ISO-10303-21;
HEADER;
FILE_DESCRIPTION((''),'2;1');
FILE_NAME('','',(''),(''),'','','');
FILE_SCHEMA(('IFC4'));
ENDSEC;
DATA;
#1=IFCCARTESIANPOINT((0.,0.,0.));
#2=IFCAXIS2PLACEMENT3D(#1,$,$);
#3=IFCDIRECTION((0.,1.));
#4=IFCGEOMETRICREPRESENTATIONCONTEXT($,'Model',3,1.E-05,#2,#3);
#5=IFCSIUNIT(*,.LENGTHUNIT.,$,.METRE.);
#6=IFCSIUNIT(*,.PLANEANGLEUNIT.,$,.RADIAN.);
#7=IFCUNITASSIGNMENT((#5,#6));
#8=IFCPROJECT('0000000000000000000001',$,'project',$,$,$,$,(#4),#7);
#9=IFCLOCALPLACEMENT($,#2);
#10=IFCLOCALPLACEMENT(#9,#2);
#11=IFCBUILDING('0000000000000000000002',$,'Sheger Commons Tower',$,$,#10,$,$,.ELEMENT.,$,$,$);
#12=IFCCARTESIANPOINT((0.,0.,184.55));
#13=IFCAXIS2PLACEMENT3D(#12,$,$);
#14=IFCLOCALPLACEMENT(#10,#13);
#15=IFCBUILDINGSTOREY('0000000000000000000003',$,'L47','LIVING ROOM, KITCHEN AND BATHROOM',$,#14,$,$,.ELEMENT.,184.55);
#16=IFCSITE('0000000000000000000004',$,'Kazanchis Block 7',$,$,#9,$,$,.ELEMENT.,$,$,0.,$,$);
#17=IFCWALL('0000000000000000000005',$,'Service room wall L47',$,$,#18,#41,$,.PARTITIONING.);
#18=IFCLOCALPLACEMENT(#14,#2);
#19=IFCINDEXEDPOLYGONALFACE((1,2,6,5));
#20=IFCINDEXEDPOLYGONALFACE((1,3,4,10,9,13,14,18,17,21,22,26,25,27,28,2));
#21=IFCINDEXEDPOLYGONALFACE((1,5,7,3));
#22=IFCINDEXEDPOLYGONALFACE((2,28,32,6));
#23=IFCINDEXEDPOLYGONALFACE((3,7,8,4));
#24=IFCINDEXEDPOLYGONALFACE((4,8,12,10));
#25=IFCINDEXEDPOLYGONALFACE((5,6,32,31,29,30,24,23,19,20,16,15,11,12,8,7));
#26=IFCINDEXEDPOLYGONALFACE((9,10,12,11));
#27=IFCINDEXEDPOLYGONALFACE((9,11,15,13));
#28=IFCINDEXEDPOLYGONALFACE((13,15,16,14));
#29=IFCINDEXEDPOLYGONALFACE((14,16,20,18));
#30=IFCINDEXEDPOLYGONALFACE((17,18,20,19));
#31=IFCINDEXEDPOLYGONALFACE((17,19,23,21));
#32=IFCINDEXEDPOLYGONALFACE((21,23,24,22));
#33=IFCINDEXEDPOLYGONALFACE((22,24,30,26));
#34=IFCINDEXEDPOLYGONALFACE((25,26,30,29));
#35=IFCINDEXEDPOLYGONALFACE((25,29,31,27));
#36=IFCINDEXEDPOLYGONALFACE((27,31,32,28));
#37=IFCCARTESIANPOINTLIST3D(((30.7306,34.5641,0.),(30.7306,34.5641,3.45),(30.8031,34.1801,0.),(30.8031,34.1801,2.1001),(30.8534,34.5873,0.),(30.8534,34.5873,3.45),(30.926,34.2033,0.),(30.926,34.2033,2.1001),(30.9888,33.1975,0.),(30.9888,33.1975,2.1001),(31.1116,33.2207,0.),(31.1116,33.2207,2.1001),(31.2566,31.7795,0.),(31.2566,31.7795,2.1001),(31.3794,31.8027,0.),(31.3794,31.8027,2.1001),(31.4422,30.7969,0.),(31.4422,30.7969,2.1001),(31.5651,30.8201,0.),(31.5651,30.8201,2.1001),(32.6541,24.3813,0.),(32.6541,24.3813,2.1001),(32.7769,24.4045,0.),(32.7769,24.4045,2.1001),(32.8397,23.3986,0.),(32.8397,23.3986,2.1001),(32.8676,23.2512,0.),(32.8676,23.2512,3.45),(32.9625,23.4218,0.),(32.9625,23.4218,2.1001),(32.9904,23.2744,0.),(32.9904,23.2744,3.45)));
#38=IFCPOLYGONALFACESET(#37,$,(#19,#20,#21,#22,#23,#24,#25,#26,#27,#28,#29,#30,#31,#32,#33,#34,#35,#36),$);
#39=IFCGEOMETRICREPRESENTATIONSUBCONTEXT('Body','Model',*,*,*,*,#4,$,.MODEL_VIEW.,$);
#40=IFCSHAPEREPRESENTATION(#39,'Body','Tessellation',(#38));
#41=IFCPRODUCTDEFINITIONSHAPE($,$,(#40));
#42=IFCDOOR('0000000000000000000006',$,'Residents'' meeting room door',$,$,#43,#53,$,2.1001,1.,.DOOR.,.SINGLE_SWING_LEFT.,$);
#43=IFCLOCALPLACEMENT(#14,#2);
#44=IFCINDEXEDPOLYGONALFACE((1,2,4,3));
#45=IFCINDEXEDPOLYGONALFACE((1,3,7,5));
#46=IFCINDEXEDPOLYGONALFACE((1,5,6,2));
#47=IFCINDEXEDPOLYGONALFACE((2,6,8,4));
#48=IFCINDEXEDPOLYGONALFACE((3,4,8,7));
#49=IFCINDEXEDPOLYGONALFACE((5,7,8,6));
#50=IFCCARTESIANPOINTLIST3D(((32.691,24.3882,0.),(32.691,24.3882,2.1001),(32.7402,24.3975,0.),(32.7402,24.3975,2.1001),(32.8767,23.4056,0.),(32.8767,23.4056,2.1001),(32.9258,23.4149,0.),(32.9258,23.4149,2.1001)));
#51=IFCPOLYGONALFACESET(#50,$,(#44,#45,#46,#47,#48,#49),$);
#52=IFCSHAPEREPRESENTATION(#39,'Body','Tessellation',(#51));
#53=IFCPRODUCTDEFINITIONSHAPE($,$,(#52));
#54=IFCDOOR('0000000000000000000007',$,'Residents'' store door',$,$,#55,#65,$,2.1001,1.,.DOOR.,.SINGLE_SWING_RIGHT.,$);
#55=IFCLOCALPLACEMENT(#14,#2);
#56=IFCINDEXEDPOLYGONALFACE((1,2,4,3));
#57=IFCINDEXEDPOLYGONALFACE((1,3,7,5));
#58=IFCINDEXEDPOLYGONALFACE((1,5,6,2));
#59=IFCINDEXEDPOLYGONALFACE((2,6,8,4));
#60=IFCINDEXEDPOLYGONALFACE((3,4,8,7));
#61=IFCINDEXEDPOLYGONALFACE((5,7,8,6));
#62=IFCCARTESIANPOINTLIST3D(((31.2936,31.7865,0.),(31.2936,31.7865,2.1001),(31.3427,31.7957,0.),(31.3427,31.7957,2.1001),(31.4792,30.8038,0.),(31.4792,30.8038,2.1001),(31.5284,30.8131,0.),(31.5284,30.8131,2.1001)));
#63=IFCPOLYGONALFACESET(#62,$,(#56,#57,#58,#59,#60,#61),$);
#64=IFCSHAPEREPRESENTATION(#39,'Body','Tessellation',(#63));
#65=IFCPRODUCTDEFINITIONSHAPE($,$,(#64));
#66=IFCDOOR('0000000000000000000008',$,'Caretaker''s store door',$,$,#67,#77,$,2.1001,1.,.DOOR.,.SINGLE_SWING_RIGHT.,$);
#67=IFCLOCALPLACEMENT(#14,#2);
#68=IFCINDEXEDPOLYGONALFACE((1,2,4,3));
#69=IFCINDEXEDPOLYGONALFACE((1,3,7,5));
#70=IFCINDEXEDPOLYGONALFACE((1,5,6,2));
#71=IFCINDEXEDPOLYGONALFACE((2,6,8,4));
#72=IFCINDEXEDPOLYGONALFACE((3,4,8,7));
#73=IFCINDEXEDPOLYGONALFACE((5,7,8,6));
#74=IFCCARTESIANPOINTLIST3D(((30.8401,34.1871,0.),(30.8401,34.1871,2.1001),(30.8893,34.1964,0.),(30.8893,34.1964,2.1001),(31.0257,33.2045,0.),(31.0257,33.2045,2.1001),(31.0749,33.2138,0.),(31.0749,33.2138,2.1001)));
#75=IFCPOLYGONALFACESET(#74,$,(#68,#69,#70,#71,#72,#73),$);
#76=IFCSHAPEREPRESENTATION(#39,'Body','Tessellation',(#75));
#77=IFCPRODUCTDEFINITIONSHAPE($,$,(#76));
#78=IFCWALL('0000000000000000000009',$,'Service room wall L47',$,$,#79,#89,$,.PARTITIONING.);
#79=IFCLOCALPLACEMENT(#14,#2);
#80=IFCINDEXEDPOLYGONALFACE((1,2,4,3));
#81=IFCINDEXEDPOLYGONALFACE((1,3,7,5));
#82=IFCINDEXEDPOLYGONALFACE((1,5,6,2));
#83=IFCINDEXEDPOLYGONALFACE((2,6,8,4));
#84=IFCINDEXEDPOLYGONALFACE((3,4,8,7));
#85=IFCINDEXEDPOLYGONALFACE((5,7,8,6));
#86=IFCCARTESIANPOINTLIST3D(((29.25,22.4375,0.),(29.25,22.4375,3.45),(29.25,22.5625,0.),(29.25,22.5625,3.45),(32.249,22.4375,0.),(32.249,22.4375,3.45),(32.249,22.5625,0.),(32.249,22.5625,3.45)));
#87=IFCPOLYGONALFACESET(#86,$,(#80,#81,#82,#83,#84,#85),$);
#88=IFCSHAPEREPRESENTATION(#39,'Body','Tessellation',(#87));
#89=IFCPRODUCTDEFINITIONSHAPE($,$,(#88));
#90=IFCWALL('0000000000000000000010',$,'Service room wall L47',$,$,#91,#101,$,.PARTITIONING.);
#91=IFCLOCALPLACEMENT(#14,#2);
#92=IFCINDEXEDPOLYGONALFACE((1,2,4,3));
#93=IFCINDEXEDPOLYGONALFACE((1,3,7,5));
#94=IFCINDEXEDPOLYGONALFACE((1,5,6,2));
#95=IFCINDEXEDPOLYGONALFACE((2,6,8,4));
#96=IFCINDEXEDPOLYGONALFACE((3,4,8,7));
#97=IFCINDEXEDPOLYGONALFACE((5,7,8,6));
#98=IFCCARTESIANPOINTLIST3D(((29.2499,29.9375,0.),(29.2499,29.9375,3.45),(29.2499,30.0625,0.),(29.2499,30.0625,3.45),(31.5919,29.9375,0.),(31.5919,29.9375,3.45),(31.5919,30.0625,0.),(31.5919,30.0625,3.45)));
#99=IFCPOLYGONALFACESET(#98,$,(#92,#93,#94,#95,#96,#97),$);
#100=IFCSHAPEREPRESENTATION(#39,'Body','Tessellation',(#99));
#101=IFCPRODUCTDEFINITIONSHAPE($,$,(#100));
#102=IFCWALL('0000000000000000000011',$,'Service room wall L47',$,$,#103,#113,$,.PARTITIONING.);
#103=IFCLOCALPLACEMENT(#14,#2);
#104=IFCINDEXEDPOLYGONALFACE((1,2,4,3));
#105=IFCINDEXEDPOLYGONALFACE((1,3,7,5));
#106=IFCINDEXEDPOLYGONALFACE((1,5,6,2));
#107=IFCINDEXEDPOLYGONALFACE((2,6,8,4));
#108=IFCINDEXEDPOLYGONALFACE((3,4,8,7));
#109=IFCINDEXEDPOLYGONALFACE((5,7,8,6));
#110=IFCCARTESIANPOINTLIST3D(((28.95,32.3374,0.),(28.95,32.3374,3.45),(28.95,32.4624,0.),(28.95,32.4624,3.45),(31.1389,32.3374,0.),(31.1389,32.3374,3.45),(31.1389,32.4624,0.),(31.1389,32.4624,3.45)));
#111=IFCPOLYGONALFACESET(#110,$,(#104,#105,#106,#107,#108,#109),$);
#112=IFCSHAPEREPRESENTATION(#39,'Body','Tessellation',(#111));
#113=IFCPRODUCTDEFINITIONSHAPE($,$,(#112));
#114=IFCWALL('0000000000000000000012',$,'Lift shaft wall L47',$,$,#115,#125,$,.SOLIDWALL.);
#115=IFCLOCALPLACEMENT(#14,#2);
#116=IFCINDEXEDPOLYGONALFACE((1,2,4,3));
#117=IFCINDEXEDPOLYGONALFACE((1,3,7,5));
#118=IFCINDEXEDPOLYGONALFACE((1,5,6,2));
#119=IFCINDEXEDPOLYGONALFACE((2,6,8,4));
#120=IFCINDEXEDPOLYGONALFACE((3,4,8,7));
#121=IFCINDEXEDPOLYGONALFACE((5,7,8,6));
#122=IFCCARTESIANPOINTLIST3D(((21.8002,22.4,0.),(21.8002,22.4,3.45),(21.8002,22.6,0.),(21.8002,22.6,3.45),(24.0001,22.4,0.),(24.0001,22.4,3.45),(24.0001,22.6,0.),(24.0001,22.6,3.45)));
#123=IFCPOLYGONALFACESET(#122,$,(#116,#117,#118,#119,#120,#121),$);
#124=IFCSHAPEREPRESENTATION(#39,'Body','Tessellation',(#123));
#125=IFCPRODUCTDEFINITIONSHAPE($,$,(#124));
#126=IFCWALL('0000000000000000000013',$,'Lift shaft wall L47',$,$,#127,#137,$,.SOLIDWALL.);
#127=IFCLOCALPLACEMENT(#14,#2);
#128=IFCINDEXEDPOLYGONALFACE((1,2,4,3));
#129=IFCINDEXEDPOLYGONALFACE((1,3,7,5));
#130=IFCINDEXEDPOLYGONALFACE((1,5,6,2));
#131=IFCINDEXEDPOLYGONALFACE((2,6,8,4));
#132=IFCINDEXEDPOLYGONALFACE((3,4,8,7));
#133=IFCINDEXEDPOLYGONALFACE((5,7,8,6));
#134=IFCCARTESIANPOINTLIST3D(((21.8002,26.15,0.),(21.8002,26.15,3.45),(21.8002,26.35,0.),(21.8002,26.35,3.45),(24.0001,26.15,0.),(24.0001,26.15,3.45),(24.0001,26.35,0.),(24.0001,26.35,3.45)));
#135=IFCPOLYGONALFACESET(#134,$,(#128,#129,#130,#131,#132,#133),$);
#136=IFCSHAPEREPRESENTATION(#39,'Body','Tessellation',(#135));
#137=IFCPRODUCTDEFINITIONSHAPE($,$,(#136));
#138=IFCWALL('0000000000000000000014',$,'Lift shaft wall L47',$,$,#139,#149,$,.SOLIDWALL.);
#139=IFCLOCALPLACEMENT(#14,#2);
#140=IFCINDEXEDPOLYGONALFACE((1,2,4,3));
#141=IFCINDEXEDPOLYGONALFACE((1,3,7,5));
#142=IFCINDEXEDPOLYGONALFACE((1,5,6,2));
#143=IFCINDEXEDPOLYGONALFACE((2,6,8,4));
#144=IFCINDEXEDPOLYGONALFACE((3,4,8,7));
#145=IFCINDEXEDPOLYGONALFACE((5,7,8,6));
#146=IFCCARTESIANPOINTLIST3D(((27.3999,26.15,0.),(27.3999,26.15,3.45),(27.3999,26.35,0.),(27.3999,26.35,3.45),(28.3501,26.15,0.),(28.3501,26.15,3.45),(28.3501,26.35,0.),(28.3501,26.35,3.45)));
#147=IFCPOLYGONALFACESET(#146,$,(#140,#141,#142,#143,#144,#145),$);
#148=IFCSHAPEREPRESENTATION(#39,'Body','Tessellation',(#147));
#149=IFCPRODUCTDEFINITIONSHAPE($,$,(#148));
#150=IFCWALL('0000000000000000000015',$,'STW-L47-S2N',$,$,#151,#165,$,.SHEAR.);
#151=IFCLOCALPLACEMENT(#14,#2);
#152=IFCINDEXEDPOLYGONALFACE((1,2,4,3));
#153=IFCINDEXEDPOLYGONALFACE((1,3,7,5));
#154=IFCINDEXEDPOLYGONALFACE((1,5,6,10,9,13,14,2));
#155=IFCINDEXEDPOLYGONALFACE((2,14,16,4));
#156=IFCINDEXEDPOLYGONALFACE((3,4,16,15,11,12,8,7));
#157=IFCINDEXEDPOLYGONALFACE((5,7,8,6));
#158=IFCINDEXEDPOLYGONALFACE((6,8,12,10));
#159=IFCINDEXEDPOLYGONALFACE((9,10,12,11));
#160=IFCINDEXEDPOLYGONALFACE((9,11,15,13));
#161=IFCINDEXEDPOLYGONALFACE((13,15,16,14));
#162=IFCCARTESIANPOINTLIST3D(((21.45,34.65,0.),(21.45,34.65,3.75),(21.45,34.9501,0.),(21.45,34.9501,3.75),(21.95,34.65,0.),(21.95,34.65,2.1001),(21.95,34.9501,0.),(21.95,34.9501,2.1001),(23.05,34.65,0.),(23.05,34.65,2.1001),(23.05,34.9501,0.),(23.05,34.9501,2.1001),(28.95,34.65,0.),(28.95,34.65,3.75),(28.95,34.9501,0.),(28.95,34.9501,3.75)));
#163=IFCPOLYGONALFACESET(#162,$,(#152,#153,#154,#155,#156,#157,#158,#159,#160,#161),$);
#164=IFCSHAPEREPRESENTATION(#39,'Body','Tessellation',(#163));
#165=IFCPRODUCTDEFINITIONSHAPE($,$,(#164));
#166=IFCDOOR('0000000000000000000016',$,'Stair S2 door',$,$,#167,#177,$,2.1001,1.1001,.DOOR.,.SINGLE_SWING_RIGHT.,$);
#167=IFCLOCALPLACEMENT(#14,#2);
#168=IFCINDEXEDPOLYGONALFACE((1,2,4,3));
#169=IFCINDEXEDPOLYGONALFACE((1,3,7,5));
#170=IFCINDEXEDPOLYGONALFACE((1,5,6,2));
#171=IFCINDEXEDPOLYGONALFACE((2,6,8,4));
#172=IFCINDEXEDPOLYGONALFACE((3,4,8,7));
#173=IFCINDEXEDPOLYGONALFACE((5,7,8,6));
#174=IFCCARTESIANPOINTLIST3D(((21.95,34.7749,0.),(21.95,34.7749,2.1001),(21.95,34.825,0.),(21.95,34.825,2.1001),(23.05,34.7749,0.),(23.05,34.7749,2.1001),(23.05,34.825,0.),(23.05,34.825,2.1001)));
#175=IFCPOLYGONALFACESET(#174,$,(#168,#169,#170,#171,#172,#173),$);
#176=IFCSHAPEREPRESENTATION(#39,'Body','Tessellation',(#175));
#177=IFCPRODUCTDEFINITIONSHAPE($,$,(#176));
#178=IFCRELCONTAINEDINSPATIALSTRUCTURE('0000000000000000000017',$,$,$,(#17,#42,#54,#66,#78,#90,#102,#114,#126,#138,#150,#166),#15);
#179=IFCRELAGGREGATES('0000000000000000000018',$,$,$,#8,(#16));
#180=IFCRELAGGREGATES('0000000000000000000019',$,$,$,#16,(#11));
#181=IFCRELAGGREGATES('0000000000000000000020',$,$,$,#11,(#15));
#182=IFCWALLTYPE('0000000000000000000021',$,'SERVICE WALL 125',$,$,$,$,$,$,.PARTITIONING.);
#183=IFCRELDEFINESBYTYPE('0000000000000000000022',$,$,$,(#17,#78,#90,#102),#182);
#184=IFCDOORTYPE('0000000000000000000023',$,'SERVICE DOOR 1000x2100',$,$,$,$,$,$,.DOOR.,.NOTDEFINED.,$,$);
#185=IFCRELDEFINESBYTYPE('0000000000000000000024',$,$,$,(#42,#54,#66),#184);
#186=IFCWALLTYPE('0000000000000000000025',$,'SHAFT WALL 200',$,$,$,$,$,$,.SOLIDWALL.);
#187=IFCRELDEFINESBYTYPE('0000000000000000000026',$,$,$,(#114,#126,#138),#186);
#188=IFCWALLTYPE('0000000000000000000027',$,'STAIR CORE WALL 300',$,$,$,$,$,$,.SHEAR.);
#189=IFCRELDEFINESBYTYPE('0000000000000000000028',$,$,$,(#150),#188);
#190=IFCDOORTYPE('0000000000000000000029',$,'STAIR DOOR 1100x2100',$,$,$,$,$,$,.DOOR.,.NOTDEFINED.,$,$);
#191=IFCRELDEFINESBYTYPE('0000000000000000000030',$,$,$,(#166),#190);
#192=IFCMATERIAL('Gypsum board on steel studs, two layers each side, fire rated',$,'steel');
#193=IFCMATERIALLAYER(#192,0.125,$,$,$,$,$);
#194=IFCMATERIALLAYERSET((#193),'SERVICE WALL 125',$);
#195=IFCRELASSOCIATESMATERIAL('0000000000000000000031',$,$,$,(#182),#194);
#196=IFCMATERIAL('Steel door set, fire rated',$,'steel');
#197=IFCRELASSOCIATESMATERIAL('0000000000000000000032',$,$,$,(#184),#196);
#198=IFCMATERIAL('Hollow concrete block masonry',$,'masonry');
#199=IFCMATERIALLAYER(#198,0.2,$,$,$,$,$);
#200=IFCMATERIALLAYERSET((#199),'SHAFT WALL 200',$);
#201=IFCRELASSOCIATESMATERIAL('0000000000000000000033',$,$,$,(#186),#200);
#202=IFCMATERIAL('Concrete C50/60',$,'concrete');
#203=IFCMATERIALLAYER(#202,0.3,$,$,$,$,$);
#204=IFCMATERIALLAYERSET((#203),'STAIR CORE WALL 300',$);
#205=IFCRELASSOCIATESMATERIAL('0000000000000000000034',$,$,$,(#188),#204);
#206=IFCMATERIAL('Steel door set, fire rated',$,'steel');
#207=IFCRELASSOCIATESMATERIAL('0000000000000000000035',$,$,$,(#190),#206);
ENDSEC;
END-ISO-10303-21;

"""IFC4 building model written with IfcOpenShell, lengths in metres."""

from ifc_helpers import new_model, si_unit, direction, frame, frame_2d, origin, place, context, subcontext, project, spatial, rectangle, extrude, material, layer, layer_set, type_object, element, fill, save


model = new_model("IFC4")

# Units and contexts
model_context = context("Model", 3, precision=1e-05, world=origin(), true_north=direction((0.0, 1.0)))
body_context = subcontext(model_context, "Body", "Model", "MODEL_VIEW")
ifc_project = project(units=[si_unit("LENGTHUNIT", "METRE"), si_unit("PLANEANGLEUNIT", "RADIAN")], contexts=[model_context])

# Site, building, storey
site_placement = place(None, origin())
site = spatial("IfcSite", under=ifc_project, at=site_placement, Name="Kazanchis Block 7", CompositionType="ELEMENT", RefElevation=0.0)
building_placement = place(site_placement, origin())
building = spatial("IfcBuilding", under=site, at=building_placement, Name="Sheger Commons Tower", CompositionType="ELEMENT")
storey_placement = place(building_placement, frame((0.0, 0.0, 184.55)))
storey = spatial("IfcBuildingStorey", under=building, at=storey_placement, Name="L47", Description="LIVING ROOM, KITCHEN AND BATHROOM", CompositionType="ELEMENT", Elevation=184.55)

# Shared definitions
ifc_material_1 = material(Name="Gypsum board on steel studs, two layers each side, fire rated", Category="steel")
ifc_layer_1 = layer(ifc_material_1, 0.125)
ifc_layer_set_1 = layer_set([ifc_layer_1], Name="SERVICE WALL 125")
wall_type_1 = type_object("IfcWallType", Name="SERVICE WALL 125", PredefinedType="PARTITIONING", material=ifc_layer_set_1)

# Wall, openings, doors
wall_1_placement = place(storey_placement, frame((32.929, 23.2629, 0.0), z_axis=(0.0, 0.0, 1.0), x_axis=(-0.185612, 0.982623, 0.0)))
wall_1 = element("IfcWall", 1, at=wall_1_placement, inside=storey, type_object=wall_type_1, Name="Service room wall L47", PredefinedType="PARTITIONING", context=body_context, shape_type="SweptSolid", body=[
    extrude(rectangle(XDim=11.5129, YDim=0.125, at=frame_2d((5.7563, 0.0))), origin(), (0.0, 0.0, 1.0), 3.45),
])
opening_1_placement = place(wall_1_placement, frame((0.1499, 0.0, 0.0)))
opening_1 = element("IfcOpeningElement", 2, at=opening_1_placement, cuts=wall_1, PredefinedType="OPENING", context=body_context, shape_type="SweptSolid", body=[
    extrude(rectangle(XDim=1.0, YDim=2.1001, at=frame_2d((0.5, 1.05))), frame((0.0, 0.0725, 0.0), z_axis=(0.0, -1.0, 0.0), x_axis=(1.0, 0.0, 0.0)), (0.0, 0.0, 1.0), 0.145),
])
opening_2_placement = place(wall_1_placement, frame((7.679, 0.0, 0.0)))
opening_2 = element("IfcOpeningElement", 3, at=opening_2_placement, cuts=wall_1, PredefinedType="OPENING", context=body_context, shape_type="SweptSolid", body=[
    extrude(rectangle(XDim=1.0, YDim=2.1001, at=frame_2d((0.5, 1.05))), frame((0.0, 0.0725, 0.0), z_axis=(0.0, -1.0, 0.0), x_axis=(1.0, 0.0, 0.0)), (0.0, 0.0, 1.0), 0.145),
])
opening_3_placement = place(wall_1_placement, frame((10.1221, 0.0, 0.0)))
opening_3 = element("IfcOpeningElement", 4, at=opening_3_placement, cuts=wall_1, PredefinedType="OPENING", context=body_context, shape_type="SweptSolid", body=[
    extrude(rectangle(XDim=1.0, YDim=2.1001, at=frame_2d((0.5, 1.05))), frame((0.0, 0.0725, 0.0), z_axis=(0.0, -1.0, 0.0), x_axis=(1.0, 0.0, 0.0)), (0.0, 0.0, 1.0), 0.145),
])
ifc_material_2 = material(Name="Steel door set, fire rated", Category="steel")
door_type_1 = type_object("IfcDoorType", Name="SERVICE DOOR 1000x2100", OperationType="NOTDEFINED", PredefinedType="DOOR", material=ifc_material_2)
door_1_placement = place(opening_1_placement, origin())
door_1 = element("IfcDoor", 5, at=door_1_placement, inside=storey, type_object=door_type_1, Name="Residents' meeting room door", OperationType="SINGLE_SWING_LEFT", OverallHeight=2.1001, OverallWidth=1.0, PredefinedType="DOOR", context=body_context, shape_type="SweptSolid", body=[
    extrude(rectangle(XDim=1.0, YDim=2.1001, at=frame_2d((0.5, 1.05))), frame((0.0, 0.0249, 0.0), z_axis=(0.0, -1.0, 0.0), x_axis=(1.0, 0.0, 0.0)), (0.0, 0.0, 1.0), 0.05),
])
fill(opening_1, door_1)
door_2_placement = place(opening_2_placement, origin())
door_2 = element("IfcDoor", 6, at=door_2_placement, inside=storey, type_object=door_type_1, Name="Residents' store door", OperationType="SINGLE_SWING_RIGHT", OverallHeight=2.1001, OverallWidth=1.0, PredefinedType="DOOR", context=body_context, shape_type="SweptSolid", body=[
    extrude(rectangle(XDim=1.0, YDim=2.1001, at=frame_2d((0.5, 1.05))), frame((0.0, 0.0249, 0.0), z_axis=(0.0, -1.0, 0.0), x_axis=(1.0, 0.0, 0.0)), (0.0, 0.0, 1.0), 0.05),
])
fill(opening_2, door_2)
door_3_placement = place(opening_3_placement, origin())
door_3 = element("IfcDoor", 7, at=door_3_placement, inside=storey, type_object=door_type_1, Name="Caretaker's store door", OperationType="SINGLE_SWING_RIGHT", OverallHeight=2.1001, OverallWidth=1.0, PredefinedType="DOOR", context=body_context, shape_type="SweptSolid", body=[
    extrude(rectangle(XDim=1.0, YDim=2.1001, at=frame_2d((0.5, 1.05))), frame((0.0, 0.0249, 0.0), z_axis=(0.0, -1.0, 0.0), x_axis=(1.0, 0.0, 0.0)), (0.0, 0.0, 1.0), 0.05),
])
fill(opening_3, door_3)

# Walls
wall_2_placement = place(storey_placement, frame((29.25, 22.5, 0.0), z_axis=(0.0, 0.0, 1.0), x_axis=(1.0, 0.0, 0.0)))
element("IfcWall", 8, at=wall_2_placement, inside=storey, type_object=wall_type_1, Name="Service room wall L47", PredefinedType="PARTITIONING", context=body_context, shape_type="SweptSolid", body=[
    extrude(rectangle(XDim=2.999, YDim=0.125, at=frame_2d((1.4995, 0.0))), origin(), (0.0, 0.0, 1.0), 3.45),
])
wall_3_placement = place(storey_placement, frame((29.25, 30.0, 0.0), z_axis=(0.0, 0.0, 1.0), x_axis=(1.0, 0.0, 0.0)))
element("IfcWall", 9, at=wall_3_placement, inside=storey, type_object=wall_type_1, Name="Service room wall L47", PredefinedType="PARTITIONING", context=body_context, shape_type="SweptSolid", body=[
    extrude(rectangle(XDim=2.342, YDim=0.125, at=frame_2d((1.1709, 0.0))), origin(), (0.0, 0.0, 1.0), 3.45),
])
wall_4_placement = place(storey_placement, frame((28.95, 32.3999, 0.0), z_axis=(0.0, 0.0, 1.0), x_axis=(1.0, 0.0, 0.0)))
element("IfcWall", 10, at=wall_4_placement, inside=storey, type_object=wall_type_1, Name="Service room wall L47", PredefinedType="PARTITIONING", context=body_context, shape_type="SweptSolid", body=[
    extrude(rectangle(XDim=2.189, YDim=0.125, at=frame_2d((1.0945, 0.0))), origin(), (0.0, 0.0, 1.0), 3.45),
])
ifc_material_3 = material(Name="Hollow concrete block masonry", Category="masonry")
ifc_layer_2 = layer(ifc_material_3, 0.2)
ifc_layer_set_2 = layer_set([ifc_layer_2], Name="SHAFT WALL 200")
wall_type_2 = type_object("IfcWallType", Name="SHAFT WALL 200", PredefinedType="SOLIDWALL", material=ifc_layer_set_2)
for number, where, z_axis, x_axis, name in (
    (11, (21.8, 22.5, 0.0), (0.0, 0.0, 1.0), (1.0, 0.0, 0.0), "Lift shaft wall L47"),
    (12, (21.8, 26.25, 0.0), (0.0, 0.0, 1.0), (1.0, 0.0, 0.0), "Lift shaft wall L47"),
):
    element("IfcWall", number, at=place(storey_placement, frame(where, z_axis=z_axis, x_axis=x_axis)), inside=storey, type_object=wall_type_2, Name=name, PredefinedType="SOLIDWALL", context=body_context, shape_type="SweptSolid", body=[
        extrude(rectangle(XDim=2.2, YDim=0.2, at=frame_2d((1.1001, 0.0))), origin(), (0.0, 0.0, 1.0), 3.45),
    ])
wall_5_placement = place(storey_placement, frame((27.3999, 26.25, 0.0), z_axis=(0.0, 0.0, 1.0), x_axis=(1.0, 0.0, 0.0)))
element("IfcWall", 13, at=wall_5_placement, inside=storey, type_object=wall_type_2, Name="Lift shaft wall L47", PredefinedType="SOLIDWALL", context=body_context, shape_type="SweptSolid", body=[
    extrude(rectangle(XDim=0.9502, YDim=0.2, at=frame_2d((0.4751, 0.0))), origin(), (0.0, 0.0, 1.0), 3.45),
])

# Wall, opening, door
ifc_material_4 = material(Name="Concrete C50/60", Category="concrete")
ifc_layer_3 = layer(ifc_material_4, 0.3)
ifc_layer_set_3 = layer_set([ifc_layer_3], Name="STAIR CORE WALL 300")
wall_type_3 = type_object("IfcWallType", Name="STAIR CORE WALL 300", PredefinedType="SHEAR", material=ifc_layer_set_3)
wall_6_placement = place(storey_placement, frame((21.45, 34.8, 0.0), z_axis=(0.0, 0.0, 1.0), x_axis=(1.0, 0.0, 0.0)))
wall_6 = element("IfcWall", 14, at=wall_6_placement, inside=storey, type_object=wall_type_3, Name="STW-L47-S2N", PredefinedType="SHEAR", context=body_context, shape_type="SweptSolid", body=[
    extrude(rectangle(XDim=7.5, YDim=0.3, at=frame_2d((3.75, 0.0))), origin(), (0.0, 0.0, 1.0), 3.75),
])
opening_4_placement = place(wall_6_placement, frame((0.5, 0.0, 0.0)))
opening_4 = element("IfcOpeningElement", 15, at=opening_4_placement, cuts=wall_6, PredefinedType="OPENING", context=body_context, shape_type="SweptSolid", body=[
    extrude(rectangle(XDim=1.1001, YDim=2.1001, at=frame_2d((0.55, 1.05))), frame((0.0, 0.1599, 0.0), z_axis=(0.0, -1.0, 0.0), x_axis=(1.0, 0.0, 0.0)), (0.0, 0.0, 1.0), 0.3201),
])
ifc_material_5 = material(Name="Steel door set, fire rated", Category="steel")
door_type_2 = type_object("IfcDoorType", Name="STAIR DOOR 1100x2100", OperationType="NOTDEFINED", PredefinedType="DOOR", material=ifc_material_5)
door_4_placement = place(opening_4_placement, origin())
door_4 = element("IfcDoor", 16, at=door_4_placement, inside=storey, type_object=door_type_2, Name="Stair S2 door", OperationType="SINGLE_SWING_RIGHT", OverallHeight=2.1001, OverallWidth=1.1001, PredefinedType="DOOR", context=body_context, shape_type="SweptSolid", body=[
    extrude(rectangle(XDim=1.1001, YDim=2.1001, at=frame_2d((0.55, 1.05))), frame((0.0, 0.0249, 0.0), z_axis=(0.0, -1.0, 0.0), x_axis=(1.0, 0.0, 0.0)), (0.0, 0.0, 1.0), 0.05),
])
fill(opening_4, door_4)

save(model, "model.ifc")
